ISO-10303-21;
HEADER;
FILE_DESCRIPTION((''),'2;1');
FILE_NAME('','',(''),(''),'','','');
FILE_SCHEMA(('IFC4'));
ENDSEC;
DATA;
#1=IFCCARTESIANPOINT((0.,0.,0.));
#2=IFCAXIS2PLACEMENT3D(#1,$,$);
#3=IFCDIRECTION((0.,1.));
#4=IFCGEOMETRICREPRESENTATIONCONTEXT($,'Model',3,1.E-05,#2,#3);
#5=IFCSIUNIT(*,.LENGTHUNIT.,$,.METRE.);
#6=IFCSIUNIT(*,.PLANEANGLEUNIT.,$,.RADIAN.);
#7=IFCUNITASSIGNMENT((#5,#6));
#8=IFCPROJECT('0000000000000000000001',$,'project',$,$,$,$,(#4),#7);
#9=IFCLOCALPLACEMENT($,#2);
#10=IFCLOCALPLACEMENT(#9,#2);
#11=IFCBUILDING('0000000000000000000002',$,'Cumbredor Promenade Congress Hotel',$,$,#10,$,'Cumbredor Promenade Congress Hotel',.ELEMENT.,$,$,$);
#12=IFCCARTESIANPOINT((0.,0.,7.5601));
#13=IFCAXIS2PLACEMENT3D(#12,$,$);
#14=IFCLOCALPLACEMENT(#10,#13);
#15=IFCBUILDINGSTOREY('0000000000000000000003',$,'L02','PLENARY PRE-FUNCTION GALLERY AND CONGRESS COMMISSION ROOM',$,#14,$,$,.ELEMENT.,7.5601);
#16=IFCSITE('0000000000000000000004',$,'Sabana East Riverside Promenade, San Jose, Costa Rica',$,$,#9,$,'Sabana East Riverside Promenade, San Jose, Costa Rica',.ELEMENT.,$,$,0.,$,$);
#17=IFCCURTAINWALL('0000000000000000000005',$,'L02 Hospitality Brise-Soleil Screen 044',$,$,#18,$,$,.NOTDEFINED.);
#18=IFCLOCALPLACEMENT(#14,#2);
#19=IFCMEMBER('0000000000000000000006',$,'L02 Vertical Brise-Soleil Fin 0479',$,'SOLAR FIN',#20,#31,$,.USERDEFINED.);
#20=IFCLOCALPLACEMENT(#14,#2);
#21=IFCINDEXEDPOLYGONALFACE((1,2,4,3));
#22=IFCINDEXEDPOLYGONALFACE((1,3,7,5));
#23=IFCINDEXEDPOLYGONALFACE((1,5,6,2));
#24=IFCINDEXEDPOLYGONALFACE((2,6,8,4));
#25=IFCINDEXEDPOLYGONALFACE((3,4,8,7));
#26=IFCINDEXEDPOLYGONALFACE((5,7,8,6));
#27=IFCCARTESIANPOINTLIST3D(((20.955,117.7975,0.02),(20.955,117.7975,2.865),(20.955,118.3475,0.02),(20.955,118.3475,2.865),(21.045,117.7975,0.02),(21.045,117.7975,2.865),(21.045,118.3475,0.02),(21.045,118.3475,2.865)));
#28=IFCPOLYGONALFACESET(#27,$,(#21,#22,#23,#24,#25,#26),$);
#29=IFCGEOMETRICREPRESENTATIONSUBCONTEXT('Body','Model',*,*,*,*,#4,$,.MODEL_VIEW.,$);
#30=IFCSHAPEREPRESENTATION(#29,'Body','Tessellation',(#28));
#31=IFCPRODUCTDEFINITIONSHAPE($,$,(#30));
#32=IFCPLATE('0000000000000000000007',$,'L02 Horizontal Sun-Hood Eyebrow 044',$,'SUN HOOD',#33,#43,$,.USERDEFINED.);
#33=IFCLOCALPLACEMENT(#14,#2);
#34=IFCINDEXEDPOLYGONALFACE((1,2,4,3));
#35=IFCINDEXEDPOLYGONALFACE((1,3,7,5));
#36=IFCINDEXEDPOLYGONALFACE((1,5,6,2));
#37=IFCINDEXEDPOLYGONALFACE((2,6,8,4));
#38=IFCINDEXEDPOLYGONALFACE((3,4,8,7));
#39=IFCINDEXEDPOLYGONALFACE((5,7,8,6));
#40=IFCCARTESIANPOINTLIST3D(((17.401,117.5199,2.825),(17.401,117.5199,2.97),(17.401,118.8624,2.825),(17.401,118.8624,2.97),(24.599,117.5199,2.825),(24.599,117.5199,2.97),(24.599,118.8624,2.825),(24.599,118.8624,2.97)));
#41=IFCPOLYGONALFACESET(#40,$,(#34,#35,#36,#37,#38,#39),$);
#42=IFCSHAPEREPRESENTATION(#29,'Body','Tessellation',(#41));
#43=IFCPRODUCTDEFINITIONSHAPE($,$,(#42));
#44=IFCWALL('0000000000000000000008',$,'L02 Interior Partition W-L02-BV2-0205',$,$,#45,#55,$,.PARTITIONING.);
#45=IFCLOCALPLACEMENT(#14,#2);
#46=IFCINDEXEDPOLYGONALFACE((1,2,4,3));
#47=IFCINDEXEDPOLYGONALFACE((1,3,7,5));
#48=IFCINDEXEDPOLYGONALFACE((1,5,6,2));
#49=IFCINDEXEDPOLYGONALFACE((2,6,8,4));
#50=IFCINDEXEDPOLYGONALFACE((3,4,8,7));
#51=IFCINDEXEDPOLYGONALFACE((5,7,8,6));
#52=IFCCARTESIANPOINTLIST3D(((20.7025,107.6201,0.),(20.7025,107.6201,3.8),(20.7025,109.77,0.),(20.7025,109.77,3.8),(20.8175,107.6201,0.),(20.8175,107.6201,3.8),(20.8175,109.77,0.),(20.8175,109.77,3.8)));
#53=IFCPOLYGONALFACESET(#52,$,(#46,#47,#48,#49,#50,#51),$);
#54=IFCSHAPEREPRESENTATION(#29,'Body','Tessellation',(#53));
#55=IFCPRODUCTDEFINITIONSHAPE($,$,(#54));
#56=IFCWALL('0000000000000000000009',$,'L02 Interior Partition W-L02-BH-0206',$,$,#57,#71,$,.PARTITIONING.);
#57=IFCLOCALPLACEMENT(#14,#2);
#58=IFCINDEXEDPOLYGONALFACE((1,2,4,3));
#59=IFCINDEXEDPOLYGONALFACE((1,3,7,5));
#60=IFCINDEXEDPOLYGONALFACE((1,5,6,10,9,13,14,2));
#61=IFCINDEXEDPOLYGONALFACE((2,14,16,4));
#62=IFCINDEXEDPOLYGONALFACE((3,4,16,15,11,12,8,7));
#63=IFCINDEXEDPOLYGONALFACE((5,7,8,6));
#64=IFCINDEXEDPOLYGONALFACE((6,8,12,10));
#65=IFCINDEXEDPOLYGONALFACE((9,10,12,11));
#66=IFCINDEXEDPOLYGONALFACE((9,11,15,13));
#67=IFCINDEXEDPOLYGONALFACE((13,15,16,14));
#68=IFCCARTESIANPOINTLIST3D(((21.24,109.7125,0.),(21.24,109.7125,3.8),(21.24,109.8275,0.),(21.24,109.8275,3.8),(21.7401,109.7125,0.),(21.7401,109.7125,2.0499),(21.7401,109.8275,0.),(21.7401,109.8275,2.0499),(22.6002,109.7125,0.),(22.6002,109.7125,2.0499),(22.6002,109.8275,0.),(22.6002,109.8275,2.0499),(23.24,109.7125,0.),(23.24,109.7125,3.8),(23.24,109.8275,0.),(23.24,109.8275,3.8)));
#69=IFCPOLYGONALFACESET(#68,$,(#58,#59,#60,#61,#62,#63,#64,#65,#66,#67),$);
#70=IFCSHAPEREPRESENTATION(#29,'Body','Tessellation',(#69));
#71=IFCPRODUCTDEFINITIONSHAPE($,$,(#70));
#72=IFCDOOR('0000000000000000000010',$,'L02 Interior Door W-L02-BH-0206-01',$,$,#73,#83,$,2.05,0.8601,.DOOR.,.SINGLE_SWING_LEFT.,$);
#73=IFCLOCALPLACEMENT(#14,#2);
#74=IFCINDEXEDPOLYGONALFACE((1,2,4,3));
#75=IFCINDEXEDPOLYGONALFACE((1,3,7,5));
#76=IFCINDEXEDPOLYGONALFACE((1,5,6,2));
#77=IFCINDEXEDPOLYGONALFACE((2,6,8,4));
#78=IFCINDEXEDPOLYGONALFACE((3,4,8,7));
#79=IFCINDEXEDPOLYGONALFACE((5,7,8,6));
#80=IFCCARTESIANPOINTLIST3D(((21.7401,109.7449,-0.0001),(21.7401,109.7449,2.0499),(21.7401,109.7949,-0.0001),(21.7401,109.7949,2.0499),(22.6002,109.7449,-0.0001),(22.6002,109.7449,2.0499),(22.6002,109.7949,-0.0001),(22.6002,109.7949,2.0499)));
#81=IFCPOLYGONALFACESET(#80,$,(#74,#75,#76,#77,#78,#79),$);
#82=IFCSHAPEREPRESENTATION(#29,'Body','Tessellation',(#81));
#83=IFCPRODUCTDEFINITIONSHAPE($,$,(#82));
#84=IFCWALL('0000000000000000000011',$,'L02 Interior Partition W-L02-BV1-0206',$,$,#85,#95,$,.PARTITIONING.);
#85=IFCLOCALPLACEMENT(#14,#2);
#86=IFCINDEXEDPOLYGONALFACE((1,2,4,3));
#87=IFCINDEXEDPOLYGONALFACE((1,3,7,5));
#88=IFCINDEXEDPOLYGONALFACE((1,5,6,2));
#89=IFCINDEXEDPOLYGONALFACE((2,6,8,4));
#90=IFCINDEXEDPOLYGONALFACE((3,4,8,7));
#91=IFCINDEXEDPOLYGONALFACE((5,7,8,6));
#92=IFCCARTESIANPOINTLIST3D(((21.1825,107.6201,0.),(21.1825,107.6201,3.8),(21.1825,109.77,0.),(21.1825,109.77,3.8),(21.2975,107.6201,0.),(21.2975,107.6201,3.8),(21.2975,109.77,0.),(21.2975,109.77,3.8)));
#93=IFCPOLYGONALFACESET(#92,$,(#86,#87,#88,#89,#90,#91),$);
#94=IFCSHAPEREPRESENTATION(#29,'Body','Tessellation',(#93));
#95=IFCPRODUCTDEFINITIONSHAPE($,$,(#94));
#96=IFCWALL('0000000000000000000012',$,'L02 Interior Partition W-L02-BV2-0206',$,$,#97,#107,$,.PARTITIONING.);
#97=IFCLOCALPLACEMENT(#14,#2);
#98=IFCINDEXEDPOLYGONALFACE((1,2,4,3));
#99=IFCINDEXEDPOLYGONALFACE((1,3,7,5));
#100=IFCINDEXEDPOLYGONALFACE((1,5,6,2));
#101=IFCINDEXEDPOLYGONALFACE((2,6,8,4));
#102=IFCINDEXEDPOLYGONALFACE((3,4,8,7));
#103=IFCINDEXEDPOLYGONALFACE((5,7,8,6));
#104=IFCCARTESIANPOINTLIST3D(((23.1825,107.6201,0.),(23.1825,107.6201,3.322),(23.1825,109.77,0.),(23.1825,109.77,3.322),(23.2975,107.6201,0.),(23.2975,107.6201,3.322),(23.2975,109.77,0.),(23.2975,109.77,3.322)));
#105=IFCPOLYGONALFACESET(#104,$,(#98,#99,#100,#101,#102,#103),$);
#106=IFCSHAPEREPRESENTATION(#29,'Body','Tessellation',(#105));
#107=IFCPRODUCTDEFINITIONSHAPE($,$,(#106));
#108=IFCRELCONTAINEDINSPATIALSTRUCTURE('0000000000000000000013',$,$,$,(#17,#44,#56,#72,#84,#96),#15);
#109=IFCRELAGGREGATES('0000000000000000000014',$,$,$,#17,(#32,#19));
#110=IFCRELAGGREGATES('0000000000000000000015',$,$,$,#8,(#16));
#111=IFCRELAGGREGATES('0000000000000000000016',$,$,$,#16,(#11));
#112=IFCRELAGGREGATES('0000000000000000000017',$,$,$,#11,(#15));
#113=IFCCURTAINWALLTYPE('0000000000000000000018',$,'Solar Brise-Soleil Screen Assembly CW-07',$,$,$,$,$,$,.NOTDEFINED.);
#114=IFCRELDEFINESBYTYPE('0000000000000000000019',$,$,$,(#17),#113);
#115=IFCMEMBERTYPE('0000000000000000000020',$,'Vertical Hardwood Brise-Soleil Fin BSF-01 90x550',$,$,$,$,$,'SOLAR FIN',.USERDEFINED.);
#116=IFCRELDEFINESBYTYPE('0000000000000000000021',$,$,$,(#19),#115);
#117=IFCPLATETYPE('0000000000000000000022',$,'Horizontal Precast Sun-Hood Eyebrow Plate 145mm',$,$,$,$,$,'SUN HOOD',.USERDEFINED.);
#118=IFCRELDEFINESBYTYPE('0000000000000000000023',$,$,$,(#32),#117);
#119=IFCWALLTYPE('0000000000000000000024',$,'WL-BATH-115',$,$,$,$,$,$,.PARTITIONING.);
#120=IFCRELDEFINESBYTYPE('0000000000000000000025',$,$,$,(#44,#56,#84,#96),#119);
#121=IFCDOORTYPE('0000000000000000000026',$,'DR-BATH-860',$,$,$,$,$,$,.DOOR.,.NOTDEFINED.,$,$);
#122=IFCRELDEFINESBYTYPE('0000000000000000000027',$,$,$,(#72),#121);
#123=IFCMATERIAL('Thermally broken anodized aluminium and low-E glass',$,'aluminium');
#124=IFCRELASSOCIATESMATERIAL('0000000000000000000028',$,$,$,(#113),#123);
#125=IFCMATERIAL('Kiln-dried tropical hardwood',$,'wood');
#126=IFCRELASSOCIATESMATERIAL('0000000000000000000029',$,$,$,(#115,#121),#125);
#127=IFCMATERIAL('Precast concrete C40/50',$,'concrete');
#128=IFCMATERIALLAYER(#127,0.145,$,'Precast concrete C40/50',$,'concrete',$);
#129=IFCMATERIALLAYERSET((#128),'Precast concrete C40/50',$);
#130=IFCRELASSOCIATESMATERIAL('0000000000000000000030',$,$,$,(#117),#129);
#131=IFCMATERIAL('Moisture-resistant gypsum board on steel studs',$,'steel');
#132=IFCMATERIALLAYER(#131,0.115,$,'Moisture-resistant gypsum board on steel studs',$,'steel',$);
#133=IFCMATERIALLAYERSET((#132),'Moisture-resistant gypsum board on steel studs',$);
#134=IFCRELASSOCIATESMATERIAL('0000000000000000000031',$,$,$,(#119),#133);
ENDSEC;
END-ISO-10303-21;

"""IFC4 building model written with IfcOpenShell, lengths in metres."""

from ifc_helpers import new_model, si_unit, direction, frame, frame_2d, origin, origin_2d, place, context, subcontext, project, spatial, rectangle, extrude, material, layer, layer_set, material_profile, profile_set, type_object, element, fill, aggregate, save


model = new_model("IFC4")

# Units and contexts
model_context = context("Model", 3, precision=1e-05, world=origin(), true_north=direction((0.0, 1.0)))
body_context = subcontext(model_context, "Body", "Model", "MODEL_VIEW")
ifc_project = project(units=[si_unit("LENGTHUNIT", "METRE"), si_unit("PLANEANGLEUNIT", "RADIAN")], contexts=[model_context])

# Site, building, storey
site_placement = place(None, origin())
site = spatial("IfcSite", under=ifc_project, at=site_placement, Name="Sabana East Riverside Promenade, San Jose, Costa Rica", LongName="Sabana East Riverside Promenade, San Jose, Costa Rica", CompositionType="ELEMENT", RefElevation=0.0)
building_placement = place(site_placement, origin())
building = spatial("IfcBuilding", under=site, at=building_placement, Name="Cumbredor Promenade Congress Hotel", LongName="Cumbredor Promenade Congress Hotel", CompositionType="ELEMENT")
storey_placement = place(building_placement, frame((0.0, 0.0, 7.5601)))
storey = spatial("IfcBuildingStorey", under=building, at=storey_placement, Name="L02", Description="PLENARY PRE-FUNCTION GALLERY AND CONGRESS COMMISSION ROOM", CompositionType="ELEMENT", Elevation=7.5601)

# Curtain wall, member, plate
ifc_material_1 = material(Name="Thermally broken anodized aluminium and low-E glass", Category="aluminium")
curtain_wall_type = type_object("IfcCurtainWallType", Name="Solar Brise-Soleil Screen Assembly CW-07", PredefinedType="NOTDEFINED", material=ifc_material_1)
curtain_wall_placement = place(storey_placement, origin())
curtain_wall = element("IfcCurtainWall", 1, at=curtain_wall_placement, inside=storey, type_object=curtain_wall_type, Name="L02 Hospitality Brise-Soleil Screen 044", PredefinedType="NOTDEFINED")
ifc_material_2 = material(Name="Kiln-dried tropical hardwood", Category="wood")
ifc_material_profile_1 = material_profile(ifc_material_2, rectangle(XDim=0.0901, YDim=0.55, at=origin_2d()), Name="ARCH FIN 90x550")
ifc_profile_set_1 = profile_set([ifc_material_profile_1], Name="Kiln-dried tropical hardwood")
member_type_1 = type_object("IfcMemberType", Name="Vertical Hardwood Brise-Soleil Fin BSF-01 90x550", ElementType="SOLAR FIN", PredefinedType="USERDEFINED", material=ifc_profile_set_1)
member_1_placement = place(storey_placement, frame((21.0, 118.0725, 0.02), z_axis=(0.0, 0.0, 1.0), x_axis=(1.0, 0.0, 0.0)))
member_1 = element("IfcMember", 2, at=member_1_placement, type_object=member_type_1, Name="L02 Vertical Brise-Soleil Fin 0479", ObjectType="SOLAR FIN", PredefinedType="USERDEFINED", context=body_context, shape_type="SweptSolid", body=[
    extrude(rectangle(XDim=0.0901, YDim=0.55, at=origin_2d()), origin(), (0.0, 0.0, 1.0), 2.845),
])
ifc_material_3 = material(Name="Precast concrete C40/50", Category="concrete")
ifc_layer_1 = layer(ifc_material_3, 0.145, Name="Precast concrete C40/50", Category="concrete")
ifc_layer_set_1 = layer_set([ifc_layer_1], Name="Precast concrete C40/50")
plate_type = type_object("IfcPlateType", Name="Horizontal Precast Sun-Hood Eyebrow Plate 145mm", ElementType="SUN HOOD", PredefinedType="USERDEFINED", material=ifc_layer_set_1)
plate_placement = place(storey_placement, frame((21.0, 118.1912, 2.825), z_axis=(0.0, 0.0, 1.0), x_axis=(1.0, 0.0, 0.0)))
plate = element("IfcPlate", 3, at=plate_placement, type_object=plate_type, Name="L02 Horizontal Sun-Hood Eyebrow 044", ObjectType="SUN HOOD", PredefinedType="USERDEFINED", context=body_context, shape_type="SweptSolid", body=[
    extrude(rectangle(XDim=7.198, YDim=1.3425, at=origin_2d()), origin(), (0.0, 0.0, 1.0), 0.145),
])
aggregate(curtain_wall, [plate, member_1])

# Wall
ifc_material_4 = material(Name="Moisture-resistant gypsum board on steel studs", Category="steel")
ifc_layer_2 = layer(ifc_material_4, 0.115, Name="Moisture-resistant gypsum board on steel studs", Category="steel")
ifc_layer_set_2 = layer_set([ifc_layer_2], Name="Moisture-resistant gypsum board on steel studs")
wall_type = type_object("IfcWallType", Name="WL-BATH-115", PredefinedType="PARTITIONING", material=ifc_layer_set_2)
wall_1_placement = place(storey_placement, frame((20.76, 107.6201, 0.0), z_axis=(0.0, 0.0, 1.0), x_axis=(0.0, 1.0, 0.0)))
element("IfcWall", 4, at=wall_1_placement, inside=storey, type_object=wall_type, Name="L02 Interior Partition W-L02-BV2-0205", PredefinedType="PARTITIONING", context=body_context, shape_type="SweptSolid", body=[
    extrude(rectangle(XDim=2.1499, YDim=0.115, at=frame_2d((1.075, 0.0))), origin(), (0.0, 0.0, 1.0), 3.8),
])

# Wall, opening, door
wall_2_placement = place(storey_placement, frame((21.24, 109.77, 0.0), z_axis=(0.0, 0.0, 1.0), x_axis=(1.0, 0.0, 0.0)))
wall_2 = element("IfcWall", 5, at=wall_2_placement, inside=storey, type_object=wall_type, Name="L02 Interior Partition W-L02-BH-0206", PredefinedType="PARTITIONING", context=body_context, shape_type="SweptSolid", body=[
    extrude(rectangle(XDim=2.0, YDim=0.115, at=frame_2d((1.0, 0.0))), origin(), (0.0, 0.0, 1.0), 3.8),
])
opening_placement = place(wall_2_placement, frame((0.5, 0.0, 0.0)))
opening = element("IfcOpeningElement", 6, at=opening_placement, cuts=wall_2, PredefinedType="OPENING", context=body_context, shape_type="SweptSolid", body=[
    extrude(rectangle(XDim=0.8601, YDim=2.05, at=frame_2d((0.4302, 1.0249))), frame((0.0, 0.0674, 0.0), z_axis=(0.0, -1.0, 0.0), x_axis=(1.0, 0.0, 0.0)), (0.0, 0.0, 1.0), 0.135),
])
door_type = type_object("IfcDoorType", Name="DR-BATH-860", OperationType="NOTDEFINED", PredefinedType="DOOR", material=ifc_material_2)
door_placement = place(opening_placement, origin())
door = element("IfcDoor", 7, at=door_placement, inside=storey, type_object=door_type, Name="L02 Interior Door W-L02-BH-0206-01", OperationType="SINGLE_SWING_LEFT", OverallHeight=2.05, OverallWidth=0.8601, PredefinedType="DOOR", context=body_context, shape_type="SweptSolid", body=[
    extrude(rectangle(XDim=0.8601, YDim=2.05, at=frame_2d((0.4302, 1.0249))), frame((0.0, 0.0249, 0.0), z_axis=(0.0, -1.0, 0.0), x_axis=(1.0, 0.0, 0.0)), (0.0, 0.0, 1.0), 0.05),
])
fill(opening, door)

# Walls
wall_3_placement = place(storey_placement, frame((21.24, 107.6201, 0.0), z_axis=(0.0, 0.0, 1.0), x_axis=(0.0, 1.0, 0.0)))
element("IfcWall", 8, at=wall_3_placement, inside=storey, type_object=wall_type, Name="L02 Interior Partition W-L02-BV1-0206", PredefinedType="PARTITIONING", context=body_context, shape_type="SweptSolid", body=[
    extrude(rectangle(XDim=2.1499, YDim=0.115, at=frame_2d((1.075, 0.0))), origin(), (0.0, 0.0, 1.0), 3.8),
])
wall_4_placement = place(storey_placement, frame((23.24, 107.6201, 0.0), z_axis=(0.0, 0.0, 1.0), x_axis=(0.0, 1.0, 0.0)))
element("IfcWall", 9, at=wall_4_placement, inside=storey, type_object=wall_type, Name="L02 Interior Partition W-L02-BV2-0206", PredefinedType="PARTITIONING", context=body_context, shape_type="SweptSolid", body=[
    extrude(rectangle(XDim=2.1499, YDim=0.115, at=frame_2d((1.075, 0.0))), origin(), (0.0, 0.0, 1.0), 3.322),
])

save(model, "model.ifc")
